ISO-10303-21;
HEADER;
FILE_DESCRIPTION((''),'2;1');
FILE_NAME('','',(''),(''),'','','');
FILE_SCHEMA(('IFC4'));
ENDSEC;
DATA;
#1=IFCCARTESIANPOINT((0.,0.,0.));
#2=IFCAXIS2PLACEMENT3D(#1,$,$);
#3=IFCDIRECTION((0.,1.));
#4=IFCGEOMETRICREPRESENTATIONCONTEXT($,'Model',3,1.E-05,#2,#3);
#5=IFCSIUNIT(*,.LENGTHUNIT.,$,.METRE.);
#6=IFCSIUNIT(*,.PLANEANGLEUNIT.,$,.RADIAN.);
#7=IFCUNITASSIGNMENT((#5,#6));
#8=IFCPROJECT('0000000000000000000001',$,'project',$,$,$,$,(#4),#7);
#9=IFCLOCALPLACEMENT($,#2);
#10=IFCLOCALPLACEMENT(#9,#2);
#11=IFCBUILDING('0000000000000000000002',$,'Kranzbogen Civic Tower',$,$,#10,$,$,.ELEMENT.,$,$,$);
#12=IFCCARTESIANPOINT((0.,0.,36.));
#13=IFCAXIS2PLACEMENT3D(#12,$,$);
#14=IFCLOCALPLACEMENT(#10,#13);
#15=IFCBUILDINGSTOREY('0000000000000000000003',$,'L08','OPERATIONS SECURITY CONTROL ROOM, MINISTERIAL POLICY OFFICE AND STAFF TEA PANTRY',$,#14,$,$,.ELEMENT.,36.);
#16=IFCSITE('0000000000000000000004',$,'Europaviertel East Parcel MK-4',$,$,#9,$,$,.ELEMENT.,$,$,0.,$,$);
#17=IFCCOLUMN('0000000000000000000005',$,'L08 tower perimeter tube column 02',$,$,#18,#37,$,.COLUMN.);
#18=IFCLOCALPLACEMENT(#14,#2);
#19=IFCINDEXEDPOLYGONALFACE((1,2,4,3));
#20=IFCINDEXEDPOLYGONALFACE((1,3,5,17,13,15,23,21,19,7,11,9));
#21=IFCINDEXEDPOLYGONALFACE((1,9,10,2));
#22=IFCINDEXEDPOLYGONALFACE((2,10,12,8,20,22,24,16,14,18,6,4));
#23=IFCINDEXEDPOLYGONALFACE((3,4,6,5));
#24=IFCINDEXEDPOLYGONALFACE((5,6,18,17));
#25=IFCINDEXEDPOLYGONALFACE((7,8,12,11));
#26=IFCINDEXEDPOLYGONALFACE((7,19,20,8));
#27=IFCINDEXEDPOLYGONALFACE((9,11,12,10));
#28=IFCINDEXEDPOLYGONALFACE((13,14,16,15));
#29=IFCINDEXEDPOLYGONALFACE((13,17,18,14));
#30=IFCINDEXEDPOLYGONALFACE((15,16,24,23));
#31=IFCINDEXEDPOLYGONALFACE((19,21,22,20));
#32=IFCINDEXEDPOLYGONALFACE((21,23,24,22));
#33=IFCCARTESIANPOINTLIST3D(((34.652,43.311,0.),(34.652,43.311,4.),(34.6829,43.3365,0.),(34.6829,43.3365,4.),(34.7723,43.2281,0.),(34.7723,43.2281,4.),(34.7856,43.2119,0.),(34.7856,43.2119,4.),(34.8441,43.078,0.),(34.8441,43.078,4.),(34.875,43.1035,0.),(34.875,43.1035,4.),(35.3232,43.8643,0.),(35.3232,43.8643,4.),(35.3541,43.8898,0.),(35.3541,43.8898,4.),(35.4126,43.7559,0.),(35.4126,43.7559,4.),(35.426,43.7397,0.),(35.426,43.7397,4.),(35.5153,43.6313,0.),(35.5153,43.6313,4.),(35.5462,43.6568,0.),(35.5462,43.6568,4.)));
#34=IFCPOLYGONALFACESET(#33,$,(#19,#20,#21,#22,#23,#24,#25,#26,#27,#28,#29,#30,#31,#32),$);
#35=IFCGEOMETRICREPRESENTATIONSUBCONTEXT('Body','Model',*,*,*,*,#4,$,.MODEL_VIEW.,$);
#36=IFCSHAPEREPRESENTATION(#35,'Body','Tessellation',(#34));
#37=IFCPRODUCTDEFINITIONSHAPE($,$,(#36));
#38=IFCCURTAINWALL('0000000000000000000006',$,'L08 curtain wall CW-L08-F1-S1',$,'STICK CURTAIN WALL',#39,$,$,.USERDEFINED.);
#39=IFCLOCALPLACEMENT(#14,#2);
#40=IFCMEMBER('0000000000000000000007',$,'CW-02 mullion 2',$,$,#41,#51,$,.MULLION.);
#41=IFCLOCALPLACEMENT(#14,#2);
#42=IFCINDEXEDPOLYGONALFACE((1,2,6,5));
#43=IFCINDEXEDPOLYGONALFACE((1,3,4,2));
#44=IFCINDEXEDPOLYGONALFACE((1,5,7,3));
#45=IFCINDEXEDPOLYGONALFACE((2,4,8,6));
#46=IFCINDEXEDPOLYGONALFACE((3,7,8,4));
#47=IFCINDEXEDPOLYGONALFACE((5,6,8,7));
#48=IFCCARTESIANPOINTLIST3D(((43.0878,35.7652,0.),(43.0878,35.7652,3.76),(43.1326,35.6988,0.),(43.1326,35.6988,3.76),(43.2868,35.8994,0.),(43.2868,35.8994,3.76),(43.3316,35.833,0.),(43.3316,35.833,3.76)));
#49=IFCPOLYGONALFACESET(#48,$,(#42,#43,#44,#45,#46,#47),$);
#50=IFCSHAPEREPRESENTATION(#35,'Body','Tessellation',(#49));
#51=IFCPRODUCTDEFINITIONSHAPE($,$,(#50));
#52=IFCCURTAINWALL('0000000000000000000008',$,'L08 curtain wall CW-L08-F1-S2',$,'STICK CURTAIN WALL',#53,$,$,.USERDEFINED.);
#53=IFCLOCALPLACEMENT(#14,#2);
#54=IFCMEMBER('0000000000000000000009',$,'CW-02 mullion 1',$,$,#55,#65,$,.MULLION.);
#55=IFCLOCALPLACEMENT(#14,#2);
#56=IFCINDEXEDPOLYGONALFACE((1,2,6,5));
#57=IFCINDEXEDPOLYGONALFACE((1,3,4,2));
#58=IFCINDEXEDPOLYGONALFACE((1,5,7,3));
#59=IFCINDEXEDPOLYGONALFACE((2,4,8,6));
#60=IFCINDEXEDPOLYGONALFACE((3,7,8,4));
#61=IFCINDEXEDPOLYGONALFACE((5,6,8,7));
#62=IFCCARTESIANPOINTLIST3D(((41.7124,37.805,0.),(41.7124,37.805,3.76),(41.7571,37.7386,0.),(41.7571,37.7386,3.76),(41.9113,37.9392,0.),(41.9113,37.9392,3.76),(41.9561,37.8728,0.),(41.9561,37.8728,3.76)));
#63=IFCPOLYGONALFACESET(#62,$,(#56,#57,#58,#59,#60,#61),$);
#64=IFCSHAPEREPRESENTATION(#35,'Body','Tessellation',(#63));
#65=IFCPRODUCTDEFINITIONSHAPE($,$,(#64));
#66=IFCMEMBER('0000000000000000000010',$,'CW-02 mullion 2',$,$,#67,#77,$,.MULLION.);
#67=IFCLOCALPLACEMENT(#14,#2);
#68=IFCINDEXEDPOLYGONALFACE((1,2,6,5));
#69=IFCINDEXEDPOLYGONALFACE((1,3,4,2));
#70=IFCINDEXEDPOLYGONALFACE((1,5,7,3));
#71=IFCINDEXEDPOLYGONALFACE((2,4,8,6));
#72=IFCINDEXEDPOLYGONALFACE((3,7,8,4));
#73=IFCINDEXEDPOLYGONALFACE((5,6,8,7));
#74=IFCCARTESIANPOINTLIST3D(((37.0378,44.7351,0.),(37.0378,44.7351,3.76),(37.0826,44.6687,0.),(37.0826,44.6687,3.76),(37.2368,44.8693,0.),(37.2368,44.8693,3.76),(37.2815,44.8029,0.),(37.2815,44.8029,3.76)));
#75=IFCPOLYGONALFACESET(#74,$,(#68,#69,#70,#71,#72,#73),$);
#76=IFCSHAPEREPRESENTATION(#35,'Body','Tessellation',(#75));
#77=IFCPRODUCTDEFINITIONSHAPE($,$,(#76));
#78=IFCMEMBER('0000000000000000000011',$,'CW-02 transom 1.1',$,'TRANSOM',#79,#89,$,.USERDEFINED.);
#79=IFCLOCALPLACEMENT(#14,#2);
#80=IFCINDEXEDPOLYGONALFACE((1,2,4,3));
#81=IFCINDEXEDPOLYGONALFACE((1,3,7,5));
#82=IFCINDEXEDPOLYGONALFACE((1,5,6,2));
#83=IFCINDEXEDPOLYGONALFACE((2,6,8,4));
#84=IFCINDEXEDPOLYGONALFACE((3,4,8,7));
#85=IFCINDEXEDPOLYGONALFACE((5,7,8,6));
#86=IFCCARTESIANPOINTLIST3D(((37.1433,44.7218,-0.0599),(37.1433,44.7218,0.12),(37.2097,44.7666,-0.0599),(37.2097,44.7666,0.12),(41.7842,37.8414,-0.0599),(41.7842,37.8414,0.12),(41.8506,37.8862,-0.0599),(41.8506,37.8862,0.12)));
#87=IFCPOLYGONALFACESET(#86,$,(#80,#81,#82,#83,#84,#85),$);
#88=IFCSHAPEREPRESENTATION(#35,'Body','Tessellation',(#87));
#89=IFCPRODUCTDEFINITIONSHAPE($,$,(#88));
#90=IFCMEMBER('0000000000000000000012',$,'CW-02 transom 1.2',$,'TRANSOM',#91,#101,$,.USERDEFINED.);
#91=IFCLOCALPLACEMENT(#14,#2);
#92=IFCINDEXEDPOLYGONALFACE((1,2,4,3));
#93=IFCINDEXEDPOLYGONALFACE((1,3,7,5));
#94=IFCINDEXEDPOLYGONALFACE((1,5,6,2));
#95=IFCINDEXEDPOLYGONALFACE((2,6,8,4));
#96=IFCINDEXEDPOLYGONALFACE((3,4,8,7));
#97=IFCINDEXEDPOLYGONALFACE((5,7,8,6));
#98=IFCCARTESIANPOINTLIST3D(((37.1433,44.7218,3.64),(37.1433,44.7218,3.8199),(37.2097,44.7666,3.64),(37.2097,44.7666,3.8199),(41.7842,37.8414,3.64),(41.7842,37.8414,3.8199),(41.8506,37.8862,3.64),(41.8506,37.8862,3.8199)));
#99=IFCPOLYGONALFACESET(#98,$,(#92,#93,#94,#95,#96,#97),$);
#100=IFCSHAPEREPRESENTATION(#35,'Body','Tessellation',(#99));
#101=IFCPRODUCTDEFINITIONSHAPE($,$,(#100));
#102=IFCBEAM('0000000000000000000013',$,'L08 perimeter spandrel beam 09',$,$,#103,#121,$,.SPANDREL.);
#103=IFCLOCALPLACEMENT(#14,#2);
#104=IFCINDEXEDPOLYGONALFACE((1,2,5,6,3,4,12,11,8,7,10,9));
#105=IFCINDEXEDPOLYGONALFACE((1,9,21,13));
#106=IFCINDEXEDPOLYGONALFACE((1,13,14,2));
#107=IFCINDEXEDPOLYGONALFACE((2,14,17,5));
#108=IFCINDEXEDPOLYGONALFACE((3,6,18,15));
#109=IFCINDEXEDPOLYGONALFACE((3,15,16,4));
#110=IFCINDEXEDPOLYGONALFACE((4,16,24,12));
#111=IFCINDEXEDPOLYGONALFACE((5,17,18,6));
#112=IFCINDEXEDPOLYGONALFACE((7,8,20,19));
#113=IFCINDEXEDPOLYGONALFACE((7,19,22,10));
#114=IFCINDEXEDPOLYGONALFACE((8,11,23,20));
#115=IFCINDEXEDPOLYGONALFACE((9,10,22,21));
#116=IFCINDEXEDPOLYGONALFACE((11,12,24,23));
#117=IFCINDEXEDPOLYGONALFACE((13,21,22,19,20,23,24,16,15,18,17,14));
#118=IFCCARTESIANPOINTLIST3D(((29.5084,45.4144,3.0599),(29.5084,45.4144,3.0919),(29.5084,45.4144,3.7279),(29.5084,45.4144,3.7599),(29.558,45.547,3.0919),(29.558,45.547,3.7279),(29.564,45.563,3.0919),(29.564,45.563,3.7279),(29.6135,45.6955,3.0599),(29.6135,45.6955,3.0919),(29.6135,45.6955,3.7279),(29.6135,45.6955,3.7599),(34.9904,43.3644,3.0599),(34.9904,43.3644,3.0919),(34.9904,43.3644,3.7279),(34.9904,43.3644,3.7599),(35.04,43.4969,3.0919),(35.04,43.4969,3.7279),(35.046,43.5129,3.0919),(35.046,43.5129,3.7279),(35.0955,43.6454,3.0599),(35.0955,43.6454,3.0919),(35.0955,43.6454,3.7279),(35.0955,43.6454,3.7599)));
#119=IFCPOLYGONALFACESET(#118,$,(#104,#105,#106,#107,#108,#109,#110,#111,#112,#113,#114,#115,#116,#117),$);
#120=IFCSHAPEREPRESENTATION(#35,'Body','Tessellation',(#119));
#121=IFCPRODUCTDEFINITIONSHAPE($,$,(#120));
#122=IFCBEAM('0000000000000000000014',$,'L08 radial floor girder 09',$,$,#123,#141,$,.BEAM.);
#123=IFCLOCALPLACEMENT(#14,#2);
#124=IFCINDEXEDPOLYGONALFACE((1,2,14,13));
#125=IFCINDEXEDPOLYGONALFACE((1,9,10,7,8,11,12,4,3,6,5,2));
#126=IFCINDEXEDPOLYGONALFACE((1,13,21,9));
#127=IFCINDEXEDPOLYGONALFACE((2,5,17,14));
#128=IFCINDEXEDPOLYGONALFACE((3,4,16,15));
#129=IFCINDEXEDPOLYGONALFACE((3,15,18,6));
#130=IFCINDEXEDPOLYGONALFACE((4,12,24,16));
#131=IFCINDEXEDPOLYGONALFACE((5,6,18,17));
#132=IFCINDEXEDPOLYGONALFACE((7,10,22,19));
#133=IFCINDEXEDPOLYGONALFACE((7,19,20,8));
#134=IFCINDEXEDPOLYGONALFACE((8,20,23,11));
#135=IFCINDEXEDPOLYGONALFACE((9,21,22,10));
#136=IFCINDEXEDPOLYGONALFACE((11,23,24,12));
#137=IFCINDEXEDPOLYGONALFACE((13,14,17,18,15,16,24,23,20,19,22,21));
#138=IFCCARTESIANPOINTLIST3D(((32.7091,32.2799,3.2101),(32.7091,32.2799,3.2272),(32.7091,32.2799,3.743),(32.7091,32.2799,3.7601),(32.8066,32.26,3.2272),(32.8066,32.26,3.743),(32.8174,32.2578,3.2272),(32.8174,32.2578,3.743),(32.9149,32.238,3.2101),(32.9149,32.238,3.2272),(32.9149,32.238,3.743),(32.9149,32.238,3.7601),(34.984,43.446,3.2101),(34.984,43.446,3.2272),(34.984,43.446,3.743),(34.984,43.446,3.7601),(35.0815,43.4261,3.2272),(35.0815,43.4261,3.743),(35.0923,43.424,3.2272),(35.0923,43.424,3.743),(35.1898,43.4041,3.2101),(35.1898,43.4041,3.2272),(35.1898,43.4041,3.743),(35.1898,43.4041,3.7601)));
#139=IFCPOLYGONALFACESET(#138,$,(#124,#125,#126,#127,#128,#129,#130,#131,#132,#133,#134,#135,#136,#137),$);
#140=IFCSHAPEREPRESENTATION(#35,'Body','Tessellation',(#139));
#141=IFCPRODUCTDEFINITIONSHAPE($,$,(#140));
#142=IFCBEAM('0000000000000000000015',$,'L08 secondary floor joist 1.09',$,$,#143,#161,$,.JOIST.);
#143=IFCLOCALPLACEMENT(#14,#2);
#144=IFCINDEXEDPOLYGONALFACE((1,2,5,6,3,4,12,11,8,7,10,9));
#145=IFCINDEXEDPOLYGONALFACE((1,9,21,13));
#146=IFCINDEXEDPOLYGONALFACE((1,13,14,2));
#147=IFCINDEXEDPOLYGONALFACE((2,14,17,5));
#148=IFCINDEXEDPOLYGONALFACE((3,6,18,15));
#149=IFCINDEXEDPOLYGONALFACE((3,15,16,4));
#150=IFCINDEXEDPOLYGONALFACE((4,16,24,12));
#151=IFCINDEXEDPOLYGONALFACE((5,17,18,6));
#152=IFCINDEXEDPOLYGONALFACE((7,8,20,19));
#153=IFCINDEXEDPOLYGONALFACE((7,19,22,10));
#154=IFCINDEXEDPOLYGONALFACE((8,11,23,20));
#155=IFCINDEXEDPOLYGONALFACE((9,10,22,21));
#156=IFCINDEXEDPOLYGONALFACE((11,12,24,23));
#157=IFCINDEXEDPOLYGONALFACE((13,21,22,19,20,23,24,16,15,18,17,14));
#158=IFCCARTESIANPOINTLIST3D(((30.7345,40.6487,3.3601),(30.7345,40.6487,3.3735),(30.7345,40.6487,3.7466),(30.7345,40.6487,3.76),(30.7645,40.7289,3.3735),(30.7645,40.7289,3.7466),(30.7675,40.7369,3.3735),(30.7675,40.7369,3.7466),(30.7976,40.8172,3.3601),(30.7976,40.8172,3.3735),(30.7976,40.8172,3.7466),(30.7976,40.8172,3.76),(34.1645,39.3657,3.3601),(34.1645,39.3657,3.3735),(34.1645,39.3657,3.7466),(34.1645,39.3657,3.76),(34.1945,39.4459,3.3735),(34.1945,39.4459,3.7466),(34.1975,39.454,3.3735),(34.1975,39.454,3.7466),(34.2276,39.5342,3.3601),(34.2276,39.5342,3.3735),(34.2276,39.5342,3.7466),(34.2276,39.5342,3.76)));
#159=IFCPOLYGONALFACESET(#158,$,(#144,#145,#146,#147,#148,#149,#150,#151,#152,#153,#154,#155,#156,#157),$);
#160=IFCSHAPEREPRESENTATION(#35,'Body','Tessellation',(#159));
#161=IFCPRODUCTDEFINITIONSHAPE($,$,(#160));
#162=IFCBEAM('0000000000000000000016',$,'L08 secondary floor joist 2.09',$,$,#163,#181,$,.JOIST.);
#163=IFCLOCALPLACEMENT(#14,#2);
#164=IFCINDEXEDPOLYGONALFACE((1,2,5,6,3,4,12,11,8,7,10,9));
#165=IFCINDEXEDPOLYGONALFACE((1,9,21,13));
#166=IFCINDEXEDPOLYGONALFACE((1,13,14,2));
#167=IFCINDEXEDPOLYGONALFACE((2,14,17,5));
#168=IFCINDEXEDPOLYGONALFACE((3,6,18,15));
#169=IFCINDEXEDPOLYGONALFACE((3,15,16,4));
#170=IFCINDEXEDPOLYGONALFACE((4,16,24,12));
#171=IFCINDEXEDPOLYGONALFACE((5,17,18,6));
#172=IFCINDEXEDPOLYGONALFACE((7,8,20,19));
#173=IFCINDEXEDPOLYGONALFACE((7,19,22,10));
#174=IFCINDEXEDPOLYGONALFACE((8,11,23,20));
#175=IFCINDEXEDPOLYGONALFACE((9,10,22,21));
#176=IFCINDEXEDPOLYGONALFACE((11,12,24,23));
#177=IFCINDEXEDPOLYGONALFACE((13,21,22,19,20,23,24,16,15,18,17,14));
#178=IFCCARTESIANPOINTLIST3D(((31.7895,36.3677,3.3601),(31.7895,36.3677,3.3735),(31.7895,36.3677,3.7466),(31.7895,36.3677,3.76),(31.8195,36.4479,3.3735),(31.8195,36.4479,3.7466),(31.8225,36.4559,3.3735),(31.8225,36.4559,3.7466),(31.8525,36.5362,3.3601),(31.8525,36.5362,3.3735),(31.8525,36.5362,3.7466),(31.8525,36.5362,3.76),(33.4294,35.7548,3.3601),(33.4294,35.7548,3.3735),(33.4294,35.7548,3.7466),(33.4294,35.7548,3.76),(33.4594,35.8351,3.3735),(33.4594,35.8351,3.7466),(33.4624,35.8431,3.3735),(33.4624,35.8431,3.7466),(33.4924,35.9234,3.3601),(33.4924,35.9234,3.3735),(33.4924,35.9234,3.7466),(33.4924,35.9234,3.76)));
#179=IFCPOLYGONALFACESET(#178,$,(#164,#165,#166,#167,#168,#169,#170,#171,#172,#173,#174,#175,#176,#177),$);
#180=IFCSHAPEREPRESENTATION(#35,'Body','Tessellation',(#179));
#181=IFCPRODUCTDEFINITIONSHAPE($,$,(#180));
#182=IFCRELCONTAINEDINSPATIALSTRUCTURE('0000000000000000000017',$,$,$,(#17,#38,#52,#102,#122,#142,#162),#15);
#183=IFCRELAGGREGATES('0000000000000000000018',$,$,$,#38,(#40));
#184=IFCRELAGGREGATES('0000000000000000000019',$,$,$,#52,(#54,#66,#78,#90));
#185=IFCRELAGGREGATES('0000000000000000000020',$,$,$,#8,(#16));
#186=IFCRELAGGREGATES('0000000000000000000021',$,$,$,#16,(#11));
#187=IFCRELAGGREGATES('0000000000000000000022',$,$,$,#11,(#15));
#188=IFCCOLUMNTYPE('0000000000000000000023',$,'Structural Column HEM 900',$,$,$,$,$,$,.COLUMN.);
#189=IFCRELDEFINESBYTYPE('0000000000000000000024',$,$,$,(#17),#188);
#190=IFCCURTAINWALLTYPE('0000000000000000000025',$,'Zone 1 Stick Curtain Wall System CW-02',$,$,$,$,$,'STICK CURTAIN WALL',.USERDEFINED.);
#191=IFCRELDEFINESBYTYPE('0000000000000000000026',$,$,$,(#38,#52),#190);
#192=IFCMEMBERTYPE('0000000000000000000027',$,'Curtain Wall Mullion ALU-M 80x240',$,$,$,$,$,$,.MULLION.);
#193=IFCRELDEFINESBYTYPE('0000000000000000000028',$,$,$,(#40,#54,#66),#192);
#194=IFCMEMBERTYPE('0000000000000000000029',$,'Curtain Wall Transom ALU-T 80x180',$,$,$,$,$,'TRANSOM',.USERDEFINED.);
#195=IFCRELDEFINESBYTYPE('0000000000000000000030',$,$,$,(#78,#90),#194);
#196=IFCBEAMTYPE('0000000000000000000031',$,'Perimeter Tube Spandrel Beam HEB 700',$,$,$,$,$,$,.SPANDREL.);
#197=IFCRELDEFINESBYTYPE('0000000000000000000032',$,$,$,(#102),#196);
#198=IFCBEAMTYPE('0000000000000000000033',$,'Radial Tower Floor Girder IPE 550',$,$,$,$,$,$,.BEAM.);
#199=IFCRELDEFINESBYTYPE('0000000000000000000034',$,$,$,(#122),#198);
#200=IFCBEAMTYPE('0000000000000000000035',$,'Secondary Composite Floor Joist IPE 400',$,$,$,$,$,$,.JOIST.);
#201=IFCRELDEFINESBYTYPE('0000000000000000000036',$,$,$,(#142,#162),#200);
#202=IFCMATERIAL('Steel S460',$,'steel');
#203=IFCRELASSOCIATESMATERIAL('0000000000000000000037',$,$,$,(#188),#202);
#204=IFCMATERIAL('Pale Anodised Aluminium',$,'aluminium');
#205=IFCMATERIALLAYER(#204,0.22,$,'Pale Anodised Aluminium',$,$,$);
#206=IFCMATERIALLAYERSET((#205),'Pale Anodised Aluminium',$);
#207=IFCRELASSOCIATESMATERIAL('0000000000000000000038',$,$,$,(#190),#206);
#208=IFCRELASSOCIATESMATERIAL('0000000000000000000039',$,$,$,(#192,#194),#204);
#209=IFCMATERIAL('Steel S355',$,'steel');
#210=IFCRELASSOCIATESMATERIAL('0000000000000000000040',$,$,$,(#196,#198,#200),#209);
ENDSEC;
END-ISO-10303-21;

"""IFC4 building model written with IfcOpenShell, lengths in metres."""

from ifc_helpers import new_model, si_unit, direction, frame, origin, origin_2d, place, context, subcontext, project, spatial, rectangle, i_section, extrude, material, layer, layer_set, material_profile, profile_set, type_object, element, aggregate, save


model = new_model("IFC4")

# Units and contexts
model_context = context("Model", 3, precision=1e-05, world=origin(), true_north=direction((0.0, 1.0)))
body_context = subcontext(model_context, "Body", "Model", "MODEL_VIEW")
ifc_project = project(units=[si_unit("LENGTHUNIT", "METRE"), si_unit("PLANEANGLEUNIT", "RADIAN")], contexts=[model_context])

# Site, building, storey
site_placement = place(None, origin())
site = spatial("IfcSite", under=ifc_project, at=site_placement, Name="Europaviertel East Parcel MK-4", CompositionType="ELEMENT", RefElevation=0.0)
building_placement = place(site_placement, origin())
building = spatial("IfcBuilding", under=site, at=building_placement, Name="Kranzbogen Civic Tower", CompositionType="ELEMENT")
storey_placement = place(building_placement, frame((0.0, 0.0, 36.0)))
storey = spatial("IfcBuildingStorey", under=building, at=storey_placement, Name="L08", Description="OPERATIONS SECURITY CONTROL ROOM, MINISTERIAL POLICY OFFICE AND STAFF TEA PANTRY", CompositionType="ELEMENT", Elevation=36.0)

# Column
ifc_material_1 = material(Name="Steel S460", Category="steel")
ifc_material_profile_1 = material_profile(ifc_material_1, i_section(OverallWidth=0.302, OverallDepth=0.9099, WebThickness=0.021, FlangeThickness=0.04, at=origin_2d()), Name="HEM 900")
ifc_profile_set_1 = profile_set([ifc_material_profile_1], Name="Steel S460")
column_type = type_object("IfcColumnType", Name="Structural Column HEM 900", PredefinedType="COLUMN", material=ifc_profile_set_1)
column_placement = place(storey_placement, frame((35.0991, 43.4839, 0.0), z_axis=(0.0, 0.0, 1.0), x_axis=(-0.636078, 0.771625, 0.0)))
element("IfcColumn", 1, at=column_placement, inside=storey, type_object=column_type, Name="L08 tower perimeter tube column 02", PredefinedType="COLUMN", context=body_context, shape_type="SweptSolid", body=[
    extrude(i_section(OverallWidth=0.302, OverallDepth=0.9099, WebThickness=0.021, FlangeThickness=0.04, at=origin_2d()), origin(), (0.0, 0.0, 1.0), 4.0),
])

# Curtain wall, member
ifc_material_2 = material(Name="Pale Anodised Aluminium", Category="aluminium")
ifc_layer_1 = layer(ifc_material_2, 0.22, Name="Pale Anodised Aluminium")
ifc_layer_set_1 = layer_set([ifc_layer_1], Name="Pale Anodised Aluminium")
curtain_wall_type = type_object("IfcCurtainWallType", Name="Zone 1 Stick Curtain Wall System CW-02", ElementType="STICK CURTAIN WALL", PredefinedType="USERDEFINED", material=ifc_layer_set_1)
curtain_wall_1_placement = place(storey_placement, origin())
curtain_wall_1 = element("IfcCurtainWall", 2, at=curtain_wall_1_placement, inside=storey, type_object=curtain_wall_type, Name="L08 curtain wall CW-L08-F1-S1", ObjectType="STICK CURTAIN WALL", PredefinedType="USERDEFINED")
ifc_material_profile_2 = material_profile(ifc_material_2, rectangle(XDim=0.0801, YDim=0.24, at=origin_2d()), Name="ALU-M 80x240")
ifc_profile_set_2 = profile_set([ifc_material_profile_2], Name="Pale Anodised Aluminium")
member_type_1 = type_object("IfcMemberType", Name="Curtain Wall Mullion ALU-M 80x240", PredefinedType="MULLION", material=ifc_profile_set_2)
member_1_placement = place(storey_placement, frame((43.2097, 35.7991, 0.0), z_axis=(0.0, 0.0, 1.0), x_axis=(-0.559187, 0.829041, 0.0)))
member_1 = element("IfcMember", 3, at=member_1_placement, type_object=member_type_1, Name="CW-02 mullion 2", PredefinedType="MULLION", context=body_context, shape_type="SweptSolid", body=[
    extrude(rectangle(XDim=0.0801, YDim=0.24, at=origin_2d()), origin(), (0.0, 0.0, 1.0), 3.76),
])
aggregate(curtain_wall_1, [member_1])

# Curtain wall, members
curtain_wall_2_placement = place(storey_placement, origin())
curtain_wall_2 = element("IfcCurtainWall", 4, at=curtain_wall_2_placement, inside=storey, type_object=curtain_wall_type, Name="L08 curtain wall CW-L08-F1-S2", ObjectType="STICK CURTAIN WALL", PredefinedType="USERDEFINED")
member_2_placement = place(storey_placement, frame((41.8342, 37.8389, 0.0), z_axis=(0.0, 0.0, 1.0), x_axis=(-0.559187, 0.829041, 0.0)))
member_2 = element("IfcMember", 5, at=member_2_placement, type_object=member_type_1, Name="CW-02 mullion 1", PredefinedType="MULLION", context=body_context, shape_type="SweptSolid", body=[
    extrude(rectangle(XDim=0.0801, YDim=0.24, at=origin_2d()), origin(), (0.0, 0.0, 1.0), 3.76),
])
member_3_placement = place(storey_placement, frame((37.1597, 44.769, 0.0), z_axis=(0.0, 0.0, 1.0), x_axis=(-0.559187, 0.829041, 0.0)))
member_3 = element("IfcMember", 6, at=member_3_placement, type_object=member_type_1, Name="CW-02 mullion 2", PredefinedType="MULLION", context=body_context, shape_type="SweptSolid", body=[
    extrude(rectangle(XDim=0.0801, YDim=0.24, at=origin_2d()), origin(), (0.0, 0.0, 1.0), 3.76),
])
ifc_material_profile_3 = material_profile(ifc_material_2, rectangle(XDim=0.0801, YDim=0.1799, at=origin_2d()), Name="ALU-T 80x180")
ifc_profile_set_3 = profile_set([ifc_material_profile_3], Name="Pale Anodised Aluminium")
member_type_2 = type_object("IfcMemberType", Name="Curtain Wall Transom ALU-T 80x180", ElementType="TRANSOM", PredefinedType="USERDEFINED", material=ifc_profile_set_3)
member_4_placement = place(storey_placement, frame((41.8174, 37.8638, 0.03), z_axis=(-0.559193, 0.829038, 0.0), x_axis=(-0.829038, -0.559193, 0.0)))
member_4 = element("IfcMember", 7, at=member_4_placement, type_object=member_type_2, Name="CW-02 transom 1.1", ObjectType="TRANSOM", PredefinedType="USERDEFINED", context=body_context, shape_type="SweptSolid", body=[
    extrude(rectangle(XDim=0.0801, YDim=0.1799, at=origin_2d()), origin(), (0.0, 0.0, 1.0), 8.2993),
])
member_5_placement = place(storey_placement, frame((41.8174, 37.8638, 3.73), z_axis=(-0.559193, 0.829038, 0.0), x_axis=(-0.829038, -0.559193, 0.0)))
member_5 = element("IfcMember", 8, at=member_5_placement, type_object=member_type_2, Name="CW-02 transom 1.2", ObjectType="TRANSOM", PredefinedType="USERDEFINED", context=body_context, shape_type="SweptSolid", body=[
    extrude(rectangle(XDim=0.0801, YDim=0.1799, at=origin_2d()), origin(), (0.0, 0.0, 1.0), 8.2993),
])

# Beams
ifc_material_3 = material(Name="Steel S355", Category="steel")
ifc_material_profile_4 = material_profile(ifc_material_3, i_section(OverallWidth=0.3, OverallDepth=0.7, WebThickness=0.0171, FlangeThickness=0.032, at=origin_2d()), Name="HEB 700")
ifc_profile_set_4 = profile_set([ifc_material_profile_4], Name="Steel S355")
beam_type_1 = type_object("IfcBeamType", Name="Perimeter Tube Spandrel Beam HEB 700", PredefinedType="SPANDREL", material=ifc_profile_set_4)
beam_1_placement = place(storey_placement, frame((35.043, 43.5049, 3.4099), z_axis=(-0.936648, 0.350273, 0.0), x_axis=(-0.350273, -0.936648, 0.0)))
element("IfcBeam", 9, at=beam_1_placement, inside=storey, type_object=beam_type_1, Name="L08 perimeter spandrel beam 09", PredefinedType="SPANDREL", context=body_context, shape_type="SweptSolid", body=[
    extrude(i_section(OverallWidth=0.3, OverallDepth=0.7, WebThickness=0.0171, FlangeThickness=0.032, at=origin_2d()), origin(), (0.0, 0.0, 1.0), 5.8528),
])
ifc_material_profile_5 = material_profile(ifc_material_3, i_section(OverallWidth=0.21, OverallDepth=0.55, WebThickness=0.011, FlangeThickness=0.0171, at=origin_2d()), Name="IPE 550")
ifc_profile_set_5 = profile_set([ifc_material_profile_5], Name="Steel S355")
beam_type_2 = type_object("IfcBeamType", Name="Radial Tower Floor Girder IPE 550", PredefinedType="BEAM", material=ifc_profile_set_5)
beam_2_placement = place(storey_placement, frame((35.0869, 43.425, 3.4851), z_axis=(-0.199633, -0.979871, 0.0), x_axis=(0.979871, -0.199633, 0.0)))
element("IfcBeam", 10, at=beam_2_placement, inside=storey, type_object=beam_type_2, Name="L08 radial floor girder 09", PredefinedType="BEAM", context=body_context, shape_type="SweptSolid", body=[
    extrude(i_section(OverallWidth=0.21, OverallDepth=0.55, WebThickness=0.011, FlangeThickness=0.0171, at=origin_2d()), origin(), (0.0, 0.0, 1.0), 11.3955),
])
ifc_material_profile_6 = material_profile(ifc_material_3, i_section(OverallWidth=0.1799, OverallDepth=0.3999, WebThickness=0.0085, FlangeThickness=0.0134, at=origin_2d()), Name="IPE 400")
ifc_profile_set_6 = profile_set([ifc_material_profile_6], Name="Steel S355")
beam_type_3 = type_object("IfcBeamType", Name="Secondary Composite Floor Joist IPE 400", PredefinedType="JOIST", material=ifc_profile_set_6)
beam_3_placement = place(storey_placement, frame((34.196, 39.45, 3.5601), z_axis=(-0.936622, 0.350342, 0.0), x_axis=(-0.350342, -0.936622, 0.0)))
element("IfcBeam", 11, at=beam_3_placement, inside=storey, type_object=beam_type_3, Name="L08 secondary floor joist 1.09", PredefinedType="JOIST", context=body_context, shape_type="SweptSolid", body=[
    extrude(i_section(OverallWidth=0.1799, OverallDepth=0.3999, WebThickness=0.0085, FlangeThickness=0.0134, at=origin_2d()), origin(), (0.0, 0.0, 1.0), 3.6621),
])
beam_4_placement = place(storey_placement, frame((33.4609, 35.8391, 3.5601), z_axis=(-0.936735, 0.350038, 0.0), x_axis=(-0.350038, -0.936735, 0.0)))
element("IfcBeam", 12, at=beam_4_placement, inside=storey, type_object=beam_type_3, Name="L08 secondary floor joist 2.09", PredefinedType="JOIST", context=body_context, shape_type="SweptSolid", body=[
    extrude(i_section(OverallWidth=0.1799, OverallDepth=0.3999, WebThickness=0.0085, FlangeThickness=0.0134, at=origin_2d()), origin(), (0.0, 0.0, 1.0), 1.7507),
])

aggregate(curtain_wall_2, [member_2, member_3, member_4, member_5])

save(model, "model.ifc")
